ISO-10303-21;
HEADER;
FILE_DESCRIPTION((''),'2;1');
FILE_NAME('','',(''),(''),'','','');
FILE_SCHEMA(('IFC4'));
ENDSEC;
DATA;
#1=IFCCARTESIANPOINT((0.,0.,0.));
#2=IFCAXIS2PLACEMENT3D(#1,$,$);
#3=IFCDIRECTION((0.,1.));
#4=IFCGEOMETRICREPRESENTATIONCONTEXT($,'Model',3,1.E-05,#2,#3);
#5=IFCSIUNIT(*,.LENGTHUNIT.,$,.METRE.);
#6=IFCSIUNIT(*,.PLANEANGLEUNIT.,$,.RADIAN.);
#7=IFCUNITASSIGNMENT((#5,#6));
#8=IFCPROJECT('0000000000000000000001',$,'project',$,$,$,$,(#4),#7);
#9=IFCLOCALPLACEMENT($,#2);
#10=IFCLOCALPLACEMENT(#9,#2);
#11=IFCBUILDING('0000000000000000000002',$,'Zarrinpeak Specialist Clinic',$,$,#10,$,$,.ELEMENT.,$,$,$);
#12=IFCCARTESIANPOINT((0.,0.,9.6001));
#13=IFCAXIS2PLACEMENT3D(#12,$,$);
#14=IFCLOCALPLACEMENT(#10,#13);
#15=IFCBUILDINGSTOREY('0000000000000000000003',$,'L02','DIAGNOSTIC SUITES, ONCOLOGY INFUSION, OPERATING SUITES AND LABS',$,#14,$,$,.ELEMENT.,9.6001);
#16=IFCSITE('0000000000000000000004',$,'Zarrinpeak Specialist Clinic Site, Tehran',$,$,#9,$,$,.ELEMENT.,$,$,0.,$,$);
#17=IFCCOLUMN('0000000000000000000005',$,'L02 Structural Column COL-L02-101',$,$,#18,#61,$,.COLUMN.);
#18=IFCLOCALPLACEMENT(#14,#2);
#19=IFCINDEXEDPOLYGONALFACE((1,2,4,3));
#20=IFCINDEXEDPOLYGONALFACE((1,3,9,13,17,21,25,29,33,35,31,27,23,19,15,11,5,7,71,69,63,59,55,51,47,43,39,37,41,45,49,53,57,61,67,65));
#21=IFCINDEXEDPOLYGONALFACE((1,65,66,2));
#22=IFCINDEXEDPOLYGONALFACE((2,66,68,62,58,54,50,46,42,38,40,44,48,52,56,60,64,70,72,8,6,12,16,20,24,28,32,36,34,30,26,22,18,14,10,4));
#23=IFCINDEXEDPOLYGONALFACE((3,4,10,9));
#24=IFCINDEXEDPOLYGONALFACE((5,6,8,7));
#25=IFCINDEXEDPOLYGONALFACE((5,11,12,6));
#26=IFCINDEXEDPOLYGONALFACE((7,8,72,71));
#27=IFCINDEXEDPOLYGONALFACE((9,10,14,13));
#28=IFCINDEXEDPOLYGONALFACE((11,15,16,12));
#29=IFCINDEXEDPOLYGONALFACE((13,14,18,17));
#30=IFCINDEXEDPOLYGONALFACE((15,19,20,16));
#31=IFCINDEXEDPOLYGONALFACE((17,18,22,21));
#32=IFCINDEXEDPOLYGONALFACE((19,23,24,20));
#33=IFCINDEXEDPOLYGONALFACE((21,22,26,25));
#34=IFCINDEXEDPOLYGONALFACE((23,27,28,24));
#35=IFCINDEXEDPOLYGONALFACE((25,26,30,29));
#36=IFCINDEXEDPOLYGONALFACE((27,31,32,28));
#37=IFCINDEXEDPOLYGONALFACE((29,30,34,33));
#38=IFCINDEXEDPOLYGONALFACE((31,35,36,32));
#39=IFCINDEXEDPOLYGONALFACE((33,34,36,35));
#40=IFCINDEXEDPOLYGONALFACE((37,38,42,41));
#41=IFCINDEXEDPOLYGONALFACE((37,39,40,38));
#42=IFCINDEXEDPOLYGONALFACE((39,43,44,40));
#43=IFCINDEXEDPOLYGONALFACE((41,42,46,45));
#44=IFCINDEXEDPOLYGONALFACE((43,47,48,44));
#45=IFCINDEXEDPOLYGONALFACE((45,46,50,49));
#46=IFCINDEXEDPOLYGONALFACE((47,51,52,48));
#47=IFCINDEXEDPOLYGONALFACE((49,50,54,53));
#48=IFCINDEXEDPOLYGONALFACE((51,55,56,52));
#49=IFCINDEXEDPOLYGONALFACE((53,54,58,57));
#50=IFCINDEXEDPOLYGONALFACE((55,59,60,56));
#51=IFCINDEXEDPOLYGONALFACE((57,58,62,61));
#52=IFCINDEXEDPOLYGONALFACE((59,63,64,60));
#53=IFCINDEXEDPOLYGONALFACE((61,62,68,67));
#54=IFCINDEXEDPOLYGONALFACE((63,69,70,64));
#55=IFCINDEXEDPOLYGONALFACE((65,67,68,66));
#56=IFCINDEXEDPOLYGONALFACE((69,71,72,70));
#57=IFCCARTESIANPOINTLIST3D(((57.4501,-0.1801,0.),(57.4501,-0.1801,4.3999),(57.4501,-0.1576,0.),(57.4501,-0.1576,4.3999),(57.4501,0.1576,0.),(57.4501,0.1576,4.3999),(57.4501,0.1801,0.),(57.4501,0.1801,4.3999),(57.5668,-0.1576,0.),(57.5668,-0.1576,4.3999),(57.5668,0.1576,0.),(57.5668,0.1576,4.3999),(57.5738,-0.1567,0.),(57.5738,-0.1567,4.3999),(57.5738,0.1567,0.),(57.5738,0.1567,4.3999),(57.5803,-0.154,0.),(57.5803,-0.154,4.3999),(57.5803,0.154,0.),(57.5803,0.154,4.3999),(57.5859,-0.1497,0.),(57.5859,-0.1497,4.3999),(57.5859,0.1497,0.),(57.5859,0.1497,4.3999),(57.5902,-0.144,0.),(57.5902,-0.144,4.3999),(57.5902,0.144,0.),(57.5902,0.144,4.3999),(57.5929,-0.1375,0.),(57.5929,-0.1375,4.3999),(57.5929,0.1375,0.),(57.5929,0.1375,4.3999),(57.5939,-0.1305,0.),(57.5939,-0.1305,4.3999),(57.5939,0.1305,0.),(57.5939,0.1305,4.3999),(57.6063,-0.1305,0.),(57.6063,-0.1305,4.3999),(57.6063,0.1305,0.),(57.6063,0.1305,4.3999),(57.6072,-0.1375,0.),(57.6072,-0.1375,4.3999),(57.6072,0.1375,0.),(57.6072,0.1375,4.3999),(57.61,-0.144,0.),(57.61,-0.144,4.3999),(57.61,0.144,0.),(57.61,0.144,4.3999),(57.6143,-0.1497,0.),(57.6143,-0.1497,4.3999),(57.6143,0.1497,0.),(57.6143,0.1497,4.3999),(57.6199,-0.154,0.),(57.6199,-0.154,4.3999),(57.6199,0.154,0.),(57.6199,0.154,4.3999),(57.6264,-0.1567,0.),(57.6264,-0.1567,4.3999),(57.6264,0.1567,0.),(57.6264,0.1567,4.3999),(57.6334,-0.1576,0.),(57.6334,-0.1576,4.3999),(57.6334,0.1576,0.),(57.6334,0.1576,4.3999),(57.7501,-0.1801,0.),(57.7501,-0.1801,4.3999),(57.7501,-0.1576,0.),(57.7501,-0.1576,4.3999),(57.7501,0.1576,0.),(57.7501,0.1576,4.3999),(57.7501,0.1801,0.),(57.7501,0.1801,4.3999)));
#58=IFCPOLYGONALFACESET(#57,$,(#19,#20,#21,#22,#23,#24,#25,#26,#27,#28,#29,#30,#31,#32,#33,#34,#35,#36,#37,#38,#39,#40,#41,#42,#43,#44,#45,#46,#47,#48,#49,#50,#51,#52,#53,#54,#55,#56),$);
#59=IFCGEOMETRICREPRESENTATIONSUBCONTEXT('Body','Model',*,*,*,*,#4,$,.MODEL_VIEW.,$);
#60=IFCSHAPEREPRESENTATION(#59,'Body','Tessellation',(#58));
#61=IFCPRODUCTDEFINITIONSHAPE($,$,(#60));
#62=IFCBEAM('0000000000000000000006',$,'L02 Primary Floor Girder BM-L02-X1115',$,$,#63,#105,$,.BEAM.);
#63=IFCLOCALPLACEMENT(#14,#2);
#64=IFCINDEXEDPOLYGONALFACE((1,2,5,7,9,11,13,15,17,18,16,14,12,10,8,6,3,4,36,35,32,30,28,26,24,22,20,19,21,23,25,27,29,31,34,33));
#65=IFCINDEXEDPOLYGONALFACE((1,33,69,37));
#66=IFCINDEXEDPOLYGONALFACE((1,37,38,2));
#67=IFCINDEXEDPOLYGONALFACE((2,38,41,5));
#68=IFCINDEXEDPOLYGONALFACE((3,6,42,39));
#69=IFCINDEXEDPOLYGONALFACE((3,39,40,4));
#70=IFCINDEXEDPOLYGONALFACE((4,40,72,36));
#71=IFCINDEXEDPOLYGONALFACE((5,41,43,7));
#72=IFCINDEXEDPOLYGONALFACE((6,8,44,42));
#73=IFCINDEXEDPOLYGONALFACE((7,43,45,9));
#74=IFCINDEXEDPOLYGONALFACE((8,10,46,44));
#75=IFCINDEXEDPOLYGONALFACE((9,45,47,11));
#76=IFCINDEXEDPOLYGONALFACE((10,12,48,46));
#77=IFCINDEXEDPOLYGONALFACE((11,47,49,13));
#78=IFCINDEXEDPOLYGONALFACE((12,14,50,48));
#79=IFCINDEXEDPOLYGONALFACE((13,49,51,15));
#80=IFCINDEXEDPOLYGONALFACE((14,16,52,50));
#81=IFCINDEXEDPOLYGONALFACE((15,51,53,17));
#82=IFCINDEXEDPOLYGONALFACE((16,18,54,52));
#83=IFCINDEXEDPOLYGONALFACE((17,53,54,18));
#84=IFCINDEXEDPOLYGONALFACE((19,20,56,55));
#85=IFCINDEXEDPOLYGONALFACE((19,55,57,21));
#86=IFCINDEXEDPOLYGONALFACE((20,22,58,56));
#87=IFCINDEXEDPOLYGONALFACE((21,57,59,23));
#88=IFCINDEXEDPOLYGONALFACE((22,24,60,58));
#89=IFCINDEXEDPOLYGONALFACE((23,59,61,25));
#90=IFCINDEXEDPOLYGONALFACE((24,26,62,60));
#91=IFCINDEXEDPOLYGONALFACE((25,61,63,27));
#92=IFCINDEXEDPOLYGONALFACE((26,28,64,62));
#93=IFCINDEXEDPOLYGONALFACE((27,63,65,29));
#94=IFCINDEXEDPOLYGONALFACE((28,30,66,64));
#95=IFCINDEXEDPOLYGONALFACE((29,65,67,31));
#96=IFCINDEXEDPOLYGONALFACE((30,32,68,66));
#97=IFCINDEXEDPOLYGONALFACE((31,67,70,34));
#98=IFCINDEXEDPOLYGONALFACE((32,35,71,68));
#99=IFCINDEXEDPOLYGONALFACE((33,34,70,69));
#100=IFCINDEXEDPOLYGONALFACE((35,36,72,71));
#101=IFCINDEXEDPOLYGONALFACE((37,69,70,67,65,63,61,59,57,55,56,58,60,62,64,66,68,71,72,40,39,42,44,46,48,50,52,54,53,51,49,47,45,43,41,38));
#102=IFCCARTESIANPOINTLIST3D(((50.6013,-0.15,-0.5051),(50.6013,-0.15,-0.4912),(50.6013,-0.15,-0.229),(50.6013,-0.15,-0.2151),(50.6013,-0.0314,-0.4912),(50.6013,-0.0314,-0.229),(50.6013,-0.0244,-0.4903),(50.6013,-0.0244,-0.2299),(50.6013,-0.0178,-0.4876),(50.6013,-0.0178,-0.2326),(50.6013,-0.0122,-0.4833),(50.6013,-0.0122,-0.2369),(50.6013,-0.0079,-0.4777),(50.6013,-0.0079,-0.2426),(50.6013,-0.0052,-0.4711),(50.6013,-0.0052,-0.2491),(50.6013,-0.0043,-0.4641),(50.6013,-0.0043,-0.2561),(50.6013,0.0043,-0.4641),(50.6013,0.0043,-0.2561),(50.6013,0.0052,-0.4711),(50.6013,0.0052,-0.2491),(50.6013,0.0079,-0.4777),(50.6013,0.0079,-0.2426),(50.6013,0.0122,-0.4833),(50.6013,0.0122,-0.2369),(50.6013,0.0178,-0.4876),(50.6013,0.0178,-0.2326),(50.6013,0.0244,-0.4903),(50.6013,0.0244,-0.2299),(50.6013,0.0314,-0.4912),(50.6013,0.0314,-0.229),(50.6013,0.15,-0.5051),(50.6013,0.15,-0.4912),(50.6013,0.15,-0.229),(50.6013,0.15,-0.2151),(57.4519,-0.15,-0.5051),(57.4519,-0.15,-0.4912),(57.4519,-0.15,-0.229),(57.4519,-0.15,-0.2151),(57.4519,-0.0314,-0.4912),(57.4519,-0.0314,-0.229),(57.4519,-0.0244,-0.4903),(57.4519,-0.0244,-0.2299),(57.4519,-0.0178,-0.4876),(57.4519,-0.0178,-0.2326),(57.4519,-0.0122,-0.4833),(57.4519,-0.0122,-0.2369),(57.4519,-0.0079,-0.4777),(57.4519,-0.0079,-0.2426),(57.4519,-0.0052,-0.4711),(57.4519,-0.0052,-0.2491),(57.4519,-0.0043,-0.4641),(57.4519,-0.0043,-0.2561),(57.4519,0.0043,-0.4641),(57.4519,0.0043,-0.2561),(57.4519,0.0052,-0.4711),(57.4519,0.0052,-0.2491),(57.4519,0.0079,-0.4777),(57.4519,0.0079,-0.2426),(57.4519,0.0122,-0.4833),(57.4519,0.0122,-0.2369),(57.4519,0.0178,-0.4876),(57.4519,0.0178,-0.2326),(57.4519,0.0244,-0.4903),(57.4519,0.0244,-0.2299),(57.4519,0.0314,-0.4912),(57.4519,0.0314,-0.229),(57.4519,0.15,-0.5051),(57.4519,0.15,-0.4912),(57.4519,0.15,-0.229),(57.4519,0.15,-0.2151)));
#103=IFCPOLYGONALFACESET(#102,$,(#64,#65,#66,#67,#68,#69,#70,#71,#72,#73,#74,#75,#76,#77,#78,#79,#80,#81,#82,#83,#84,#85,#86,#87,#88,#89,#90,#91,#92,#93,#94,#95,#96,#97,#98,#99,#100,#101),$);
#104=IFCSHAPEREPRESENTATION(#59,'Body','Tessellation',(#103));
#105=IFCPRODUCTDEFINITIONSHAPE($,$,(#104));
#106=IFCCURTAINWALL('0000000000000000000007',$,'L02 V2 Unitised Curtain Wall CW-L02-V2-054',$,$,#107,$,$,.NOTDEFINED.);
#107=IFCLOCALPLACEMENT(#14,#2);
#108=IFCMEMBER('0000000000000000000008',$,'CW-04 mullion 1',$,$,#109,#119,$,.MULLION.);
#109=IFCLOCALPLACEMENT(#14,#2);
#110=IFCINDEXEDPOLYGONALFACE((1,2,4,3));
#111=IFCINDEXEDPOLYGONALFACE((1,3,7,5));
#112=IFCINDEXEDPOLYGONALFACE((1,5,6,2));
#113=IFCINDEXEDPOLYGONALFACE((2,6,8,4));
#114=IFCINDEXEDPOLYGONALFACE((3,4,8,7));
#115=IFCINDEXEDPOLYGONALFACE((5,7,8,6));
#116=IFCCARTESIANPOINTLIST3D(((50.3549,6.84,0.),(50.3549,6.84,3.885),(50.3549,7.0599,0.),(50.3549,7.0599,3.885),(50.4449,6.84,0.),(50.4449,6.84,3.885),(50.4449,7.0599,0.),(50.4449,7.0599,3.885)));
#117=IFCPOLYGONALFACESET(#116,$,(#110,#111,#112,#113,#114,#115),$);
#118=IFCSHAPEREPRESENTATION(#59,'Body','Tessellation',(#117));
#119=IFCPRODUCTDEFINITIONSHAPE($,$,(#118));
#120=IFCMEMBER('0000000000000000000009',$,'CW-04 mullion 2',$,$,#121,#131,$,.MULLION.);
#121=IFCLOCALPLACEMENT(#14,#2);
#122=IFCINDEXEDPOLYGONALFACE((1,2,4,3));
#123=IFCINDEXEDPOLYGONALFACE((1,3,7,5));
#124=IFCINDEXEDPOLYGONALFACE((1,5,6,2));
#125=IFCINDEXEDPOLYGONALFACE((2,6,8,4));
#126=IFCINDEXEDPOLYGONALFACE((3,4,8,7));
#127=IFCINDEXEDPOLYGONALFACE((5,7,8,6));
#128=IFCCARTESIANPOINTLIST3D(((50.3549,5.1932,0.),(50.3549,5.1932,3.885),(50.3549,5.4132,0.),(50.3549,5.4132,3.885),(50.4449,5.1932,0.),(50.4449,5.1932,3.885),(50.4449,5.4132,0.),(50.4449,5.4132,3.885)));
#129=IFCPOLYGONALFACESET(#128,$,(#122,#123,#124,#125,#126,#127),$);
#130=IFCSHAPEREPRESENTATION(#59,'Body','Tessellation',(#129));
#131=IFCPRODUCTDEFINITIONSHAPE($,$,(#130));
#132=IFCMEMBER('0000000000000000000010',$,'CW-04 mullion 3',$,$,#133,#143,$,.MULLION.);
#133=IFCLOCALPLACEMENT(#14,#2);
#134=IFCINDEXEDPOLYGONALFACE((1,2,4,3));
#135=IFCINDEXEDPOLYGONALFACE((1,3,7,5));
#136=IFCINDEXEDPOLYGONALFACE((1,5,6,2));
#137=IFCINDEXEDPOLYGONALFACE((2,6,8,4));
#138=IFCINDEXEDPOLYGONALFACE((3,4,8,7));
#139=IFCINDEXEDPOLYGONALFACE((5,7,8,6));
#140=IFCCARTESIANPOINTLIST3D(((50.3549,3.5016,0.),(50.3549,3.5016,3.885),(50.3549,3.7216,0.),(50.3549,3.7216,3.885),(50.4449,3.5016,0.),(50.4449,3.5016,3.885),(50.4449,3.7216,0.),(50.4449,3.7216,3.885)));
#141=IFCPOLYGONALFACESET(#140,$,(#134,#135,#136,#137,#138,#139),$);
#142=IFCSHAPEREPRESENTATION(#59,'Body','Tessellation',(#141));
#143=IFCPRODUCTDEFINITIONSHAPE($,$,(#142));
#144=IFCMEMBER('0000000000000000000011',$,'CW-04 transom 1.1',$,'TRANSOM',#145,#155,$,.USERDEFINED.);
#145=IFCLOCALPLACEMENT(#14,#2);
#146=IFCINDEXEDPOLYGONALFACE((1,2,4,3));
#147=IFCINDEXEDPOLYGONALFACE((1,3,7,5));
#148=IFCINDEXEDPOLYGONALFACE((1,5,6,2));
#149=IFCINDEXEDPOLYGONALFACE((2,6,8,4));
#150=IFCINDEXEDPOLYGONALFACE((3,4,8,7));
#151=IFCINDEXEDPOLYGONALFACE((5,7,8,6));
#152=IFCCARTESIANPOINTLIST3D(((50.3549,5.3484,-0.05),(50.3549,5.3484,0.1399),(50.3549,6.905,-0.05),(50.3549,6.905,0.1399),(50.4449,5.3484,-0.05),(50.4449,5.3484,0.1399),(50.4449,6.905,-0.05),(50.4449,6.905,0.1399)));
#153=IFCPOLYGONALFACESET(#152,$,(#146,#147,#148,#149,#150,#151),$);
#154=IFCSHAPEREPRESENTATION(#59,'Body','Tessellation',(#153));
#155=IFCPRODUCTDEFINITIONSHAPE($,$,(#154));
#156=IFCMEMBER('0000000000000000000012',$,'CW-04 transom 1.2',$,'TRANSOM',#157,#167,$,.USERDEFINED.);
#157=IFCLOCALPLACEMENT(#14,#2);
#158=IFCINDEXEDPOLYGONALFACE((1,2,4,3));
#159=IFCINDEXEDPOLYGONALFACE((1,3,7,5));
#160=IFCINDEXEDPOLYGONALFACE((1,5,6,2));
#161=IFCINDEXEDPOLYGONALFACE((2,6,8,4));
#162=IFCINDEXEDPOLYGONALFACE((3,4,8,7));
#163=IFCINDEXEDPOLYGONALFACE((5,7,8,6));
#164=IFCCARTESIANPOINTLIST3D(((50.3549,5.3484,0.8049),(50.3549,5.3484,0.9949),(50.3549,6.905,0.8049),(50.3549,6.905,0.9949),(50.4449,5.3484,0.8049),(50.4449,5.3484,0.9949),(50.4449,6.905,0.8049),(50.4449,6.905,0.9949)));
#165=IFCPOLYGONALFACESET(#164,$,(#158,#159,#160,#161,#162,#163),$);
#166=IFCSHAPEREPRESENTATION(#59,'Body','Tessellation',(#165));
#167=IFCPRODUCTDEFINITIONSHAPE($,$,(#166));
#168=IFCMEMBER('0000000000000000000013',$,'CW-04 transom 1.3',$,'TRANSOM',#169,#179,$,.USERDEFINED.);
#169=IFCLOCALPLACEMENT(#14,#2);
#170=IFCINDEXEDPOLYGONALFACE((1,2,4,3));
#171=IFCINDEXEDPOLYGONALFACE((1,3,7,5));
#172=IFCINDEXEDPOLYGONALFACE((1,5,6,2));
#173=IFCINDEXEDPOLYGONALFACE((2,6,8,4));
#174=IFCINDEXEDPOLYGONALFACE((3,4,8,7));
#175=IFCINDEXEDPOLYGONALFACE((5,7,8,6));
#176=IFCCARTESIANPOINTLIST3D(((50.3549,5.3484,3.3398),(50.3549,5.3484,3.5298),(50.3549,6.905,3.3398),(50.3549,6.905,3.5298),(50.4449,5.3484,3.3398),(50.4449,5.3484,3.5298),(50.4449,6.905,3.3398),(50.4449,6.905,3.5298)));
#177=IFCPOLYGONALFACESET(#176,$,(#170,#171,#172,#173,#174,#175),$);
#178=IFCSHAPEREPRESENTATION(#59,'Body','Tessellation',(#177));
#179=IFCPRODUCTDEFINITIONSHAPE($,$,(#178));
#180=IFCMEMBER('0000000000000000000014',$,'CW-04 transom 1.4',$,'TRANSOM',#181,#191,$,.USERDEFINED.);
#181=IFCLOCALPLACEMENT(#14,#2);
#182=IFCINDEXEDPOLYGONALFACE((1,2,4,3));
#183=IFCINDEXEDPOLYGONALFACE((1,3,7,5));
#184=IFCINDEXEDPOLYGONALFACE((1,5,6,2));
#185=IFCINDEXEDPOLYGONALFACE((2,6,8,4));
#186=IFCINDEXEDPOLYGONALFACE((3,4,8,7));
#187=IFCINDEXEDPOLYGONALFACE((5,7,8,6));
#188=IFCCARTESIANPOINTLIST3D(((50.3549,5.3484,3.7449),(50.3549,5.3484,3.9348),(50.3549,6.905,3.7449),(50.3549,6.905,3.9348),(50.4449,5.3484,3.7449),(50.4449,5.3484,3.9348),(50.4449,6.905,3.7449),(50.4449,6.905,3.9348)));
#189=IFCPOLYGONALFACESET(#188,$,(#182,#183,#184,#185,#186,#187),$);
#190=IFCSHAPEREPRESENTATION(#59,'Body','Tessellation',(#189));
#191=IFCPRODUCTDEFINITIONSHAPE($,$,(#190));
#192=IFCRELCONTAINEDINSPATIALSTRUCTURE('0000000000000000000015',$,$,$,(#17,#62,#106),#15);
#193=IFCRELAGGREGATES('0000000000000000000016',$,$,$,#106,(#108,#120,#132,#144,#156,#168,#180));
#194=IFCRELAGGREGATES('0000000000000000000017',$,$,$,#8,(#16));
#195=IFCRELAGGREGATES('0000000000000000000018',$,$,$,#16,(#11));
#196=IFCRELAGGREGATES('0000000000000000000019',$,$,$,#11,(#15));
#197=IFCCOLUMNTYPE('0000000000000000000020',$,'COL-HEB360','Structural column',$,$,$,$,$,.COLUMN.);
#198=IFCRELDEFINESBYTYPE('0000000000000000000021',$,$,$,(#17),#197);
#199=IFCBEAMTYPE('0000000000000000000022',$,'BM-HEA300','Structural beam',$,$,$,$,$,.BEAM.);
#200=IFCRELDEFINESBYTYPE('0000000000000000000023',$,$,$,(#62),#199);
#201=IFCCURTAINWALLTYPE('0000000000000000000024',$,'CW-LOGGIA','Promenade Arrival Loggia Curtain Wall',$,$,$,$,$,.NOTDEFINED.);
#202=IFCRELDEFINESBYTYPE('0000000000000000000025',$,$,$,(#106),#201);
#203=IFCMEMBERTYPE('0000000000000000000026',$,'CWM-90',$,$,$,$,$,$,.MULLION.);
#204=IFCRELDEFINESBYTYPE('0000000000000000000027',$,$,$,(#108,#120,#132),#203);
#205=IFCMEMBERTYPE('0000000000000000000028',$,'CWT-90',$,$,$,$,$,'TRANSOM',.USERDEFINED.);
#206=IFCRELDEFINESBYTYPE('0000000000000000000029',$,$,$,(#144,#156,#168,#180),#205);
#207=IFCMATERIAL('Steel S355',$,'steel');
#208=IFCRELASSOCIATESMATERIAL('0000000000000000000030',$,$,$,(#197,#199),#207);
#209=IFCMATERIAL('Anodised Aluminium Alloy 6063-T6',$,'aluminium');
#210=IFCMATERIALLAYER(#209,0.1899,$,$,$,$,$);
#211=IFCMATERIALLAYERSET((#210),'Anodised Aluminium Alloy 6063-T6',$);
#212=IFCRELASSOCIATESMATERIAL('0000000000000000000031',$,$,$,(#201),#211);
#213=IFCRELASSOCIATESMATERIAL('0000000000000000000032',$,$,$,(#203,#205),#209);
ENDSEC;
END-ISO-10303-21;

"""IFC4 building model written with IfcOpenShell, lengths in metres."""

from ifc_helpers import new_model, si_unit, direction, frame, origin, origin_2d, place, context, subcontext, project, spatial, rectangle, i_section, extrude, material, layer, layer_set, material_profile, profile_set, type_object, element, aggregate, save


model = new_model("IFC4")

# Units and contexts
model_context = context("Model", 3, precision=1e-05, world=origin(), true_north=direction((0.0, 1.0)))
body_context = subcontext(model_context, "Body", "Model", "MODEL_VIEW")
ifc_project = project(units=[si_unit("LENGTHUNIT", "METRE"), si_unit("PLANEANGLEUNIT", "RADIAN")], contexts=[model_context])

# Site, building, storey
site_placement = place(None, origin())
site = spatial("IfcSite", under=ifc_project, at=site_placement, Name="Zarrinpeak Specialist Clinic Site, Tehran", CompositionType="ELEMENT", RefElevation=0.0)
building_placement = place(site_placement, origin())
building = spatial("IfcBuilding", under=site, at=building_placement, Name="Zarrinpeak Specialist Clinic", CompositionType="ELEMENT")
storey_placement = place(building_placement, frame((0.0, 0.0, 9.6001)))
storey = spatial("IfcBuildingStorey", under=building, at=storey_placement, Name="L02", Description="DIAGNOSTIC SUITES, ONCOLOGY INFUSION, OPERATING SUITES AND LABS", CompositionType="ELEMENT", Elevation=9.6001)

# Column
ifc_material_1 = material(Name="Steel S355", Category="steel")
ifc_material_profile_1 = material_profile(ifc_material_1, i_section(OverallWidth=0.3, OverallDepth=0.3601, WebThickness=0.0125, FlangeThickness=0.0225, FilletRadius=0.0271, at=origin_2d()), Name="HEB 360")
ifc_profile_set_1 = profile_set([ifc_material_profile_1], Name="Steel S355")
column_type = type_object("IfcColumnType", Name="COL-HEB360", Description="Structural column", PredefinedType="COLUMN", material=ifc_profile_set_1)
column_placement = place(storey_placement, frame((57.6001, 0.0, 0.0), z_axis=(0.0, 0.0, 1.0), x_axis=(1.0, 0.0, 0.0)))
element("IfcColumn", 1, at=column_placement, inside=storey, type_object=column_type, Name="L02 Structural Column COL-L02-101", PredefinedType="COLUMN", context=body_context, shape_type="SweptSolid", body=[
    extrude(i_section(OverallWidth=0.3, OverallDepth=0.3601, WebThickness=0.0125, FlangeThickness=0.0225, FilletRadius=0.0271, at=origin_2d()), origin(), (0.0, 0.0, 1.0), 4.3999),
])

# Beam
ifc_material_profile_2 = material_profile(ifc_material_1, i_section(OverallWidth=0.3, OverallDepth=0.29, WebThickness=0.0085, FlangeThickness=0.0139, FilletRadius=0.0271, at=origin_2d()), Name="HEA 300")
ifc_profile_set_2 = profile_set([ifc_material_profile_2], Name="Steel S355")
beam_type = type_object("IfcBeamType", Name="BM-HEA300", Description="Structural beam", PredefinedType="BEAM", material=ifc_profile_set_2)
beam_placement = place(storey_placement, frame((50.6013, 0.0, -0.3601), z_axis=(1.0, 0.0, 0.0), x_axis=(0.0, 1.0, 0.0)))
element("IfcBeam", 2, at=beam_placement, inside=storey, type_object=beam_type, Name="L02 Primary Floor Girder BM-L02-X1115", PredefinedType="BEAM", context=body_context, shape_type="SweptSolid", body=[
    extrude(i_section(OverallWidth=0.3, OverallDepth=0.29, WebThickness=0.0085, FlangeThickness=0.0139, FilletRadius=0.0271, at=origin_2d()), origin(), (0.0, 0.0, 1.0), 6.8506),
])

# Curtain wall, members
ifc_material_2 = material(Name="Anodised Aluminium Alloy 6063-T6", Category="aluminium")
ifc_layer_1 = layer(ifc_material_2, 0.1899)
ifc_layer_set_1 = layer_set([ifc_layer_1], Name="Anodised Aluminium Alloy 6063-T6")
curtain_wall_type = type_object("IfcCurtainWallType", Name="CW-LOGGIA", Description="Promenade Arrival Loggia Curtain Wall", PredefinedType="NOTDEFINED", material=ifc_layer_set_1)
curtain_wall_placement = place(storey_placement, origin())
curtain_wall = element("IfcCurtainWall", 3, at=curtain_wall_placement, inside=storey, type_object=curtain_wall_type, Name="L02 V2 Unitised Curtain Wall CW-L02-V2-054", PredefinedType="NOTDEFINED")
ifc_material_profile_3 = material_profile(ifc_material_2, rectangle(XDim=0.0901, YDim=0.22, at=origin_2d()), Name="ALU 90x220")
ifc_profile_set_3 = profile_set([ifc_material_profile_3], Name="Anodised Aluminium Alloy 6063-T6")
member_type_1 = type_object("IfcMemberType", Name="CWM-90", PredefinedType="MULLION", material=ifc_profile_set_3)
member_1_placement = place(storey_placement, frame((50.3999, 6.95, 0.0), z_axis=(0.0, 0.0, 1.0), x_axis=(1.0, 0.0, 0.0)))
member_1 = element("IfcMember", 4, at=member_1_placement, type_object=member_type_1, Name="CW-04 mullion 1", PredefinedType="MULLION", context=body_context, shape_type="SweptSolid", body=[
    extrude(rectangle(XDim=0.0901, YDim=0.22, at=origin_2d()), origin(), (0.0, 0.0, 1.0), 3.885),
])
member_2_placement = place(storey_placement, frame((50.3999, 5.3032, 0.0), z_axis=(0.0, 0.0, 1.0), x_axis=(1.0, 0.0, 0.0)))
member_2 = element("IfcMember", 5, at=member_2_placement, type_object=member_type_1, Name="CW-04 mullion 2", PredefinedType="MULLION", context=body_context, shape_type="SweptSolid", body=[
    extrude(rectangle(XDim=0.0901, YDim=0.22, at=origin_2d()), origin(), (0.0, 0.0, 1.0), 3.885),
])
member_3_placement = place(storey_placement, frame((50.3999, 3.6116, 0.0), z_axis=(0.0, 0.0, 1.0), x_axis=(1.0, 0.0, 0.0)))
member_3 = element("IfcMember", 6, at=member_3_placement, type_object=member_type_1, Name="CW-04 mullion 3", PredefinedType="MULLION", context=body_context, shape_type="SweptSolid", body=[
    extrude(rectangle(XDim=0.0901, YDim=0.22, at=origin_2d()), origin(), (0.0, 0.0, 1.0), 3.885),
])
ifc_material_profile_4 = material_profile(ifc_material_2, rectangle(XDim=0.0901, YDim=0.1899, at=origin_2d()), Name="ALU 90x190")
ifc_profile_set_4 = profile_set([ifc_material_profile_4], Name="Anodised Aluminium Alloy 6063-T6")
member_type_2 = type_object("IfcMemberType", Name="CWT-90", ElementType="TRANSOM", PredefinedType="USERDEFINED", material=ifc_profile_set_4)
member_4_placement = place(storey_placement, frame((50.3999, 6.905, 0.0449), z_axis=(0.0, -1.0, 0.0), x_axis=(1.0, 0.0, 0.0)))
member_4 = element("IfcMember", 7, at=member_4_placement, type_object=member_type_2, Name="CW-04 transom 1.1", ObjectType="TRANSOM", PredefinedType="USERDEFINED", context=body_context, shape_type="SweptSolid", body=[
    extrude(rectangle(XDim=0.0901, YDim=0.1899, at=origin_2d()), origin(), (0.0, 0.0, 1.0), 1.5566),
])
member_5_placement = place(storey_placement, frame((50.3999, 6.905, 0.8999), z_axis=(0.0, -1.0, 0.0), x_axis=(1.0, 0.0, 0.0)))
member_5 = element("IfcMember", 8, at=member_5_placement, type_object=member_type_2, Name="CW-04 transom 1.2", ObjectType="TRANSOM", PredefinedType="USERDEFINED", context=body_context, shape_type="SweptSolid", body=[
    extrude(rectangle(XDim=0.0901, YDim=0.1899, at=origin_2d()), origin(), (0.0, 0.0, 1.0), 1.5566),
])
member_6_placement = place(storey_placement, frame((50.3999, 6.905, 3.4348), z_axis=(0.0, -1.0, 0.0), x_axis=(1.0, 0.0, 0.0)))
member_6 = element("IfcMember", 9, at=member_6_placement, type_object=member_type_2, Name="CW-04 transom 1.3", ObjectType="TRANSOM", PredefinedType="USERDEFINED", context=body_context, shape_type="SweptSolid", body=[
    extrude(rectangle(XDim=0.0901, YDim=0.1899, at=origin_2d()), origin(), (0.0, 0.0, 1.0), 1.5566),
])
member_7_placement = place(storey_placement, frame((50.3999, 6.905, 3.8398), z_axis=(0.0, -1.0, 0.0), x_axis=(1.0, 0.0, 0.0)))
member_7 = element("IfcMember", 10, at=member_7_placement, type_object=member_type_2, Name="CW-04 transom 1.4", ObjectType="TRANSOM", PredefinedType="USERDEFINED", context=body_context, shape_type="SweptSolid", body=[
    extrude(rectangle(XDim=0.0901, YDim=0.1899, at=origin_2d()), origin(), (0.0, 0.0, 1.0), 1.5566),
])
aggregate(curtain_wall, [member_1, member_2, member_3, member_4, member_5, member_6, member_7])

save(model, "model.ifc")
